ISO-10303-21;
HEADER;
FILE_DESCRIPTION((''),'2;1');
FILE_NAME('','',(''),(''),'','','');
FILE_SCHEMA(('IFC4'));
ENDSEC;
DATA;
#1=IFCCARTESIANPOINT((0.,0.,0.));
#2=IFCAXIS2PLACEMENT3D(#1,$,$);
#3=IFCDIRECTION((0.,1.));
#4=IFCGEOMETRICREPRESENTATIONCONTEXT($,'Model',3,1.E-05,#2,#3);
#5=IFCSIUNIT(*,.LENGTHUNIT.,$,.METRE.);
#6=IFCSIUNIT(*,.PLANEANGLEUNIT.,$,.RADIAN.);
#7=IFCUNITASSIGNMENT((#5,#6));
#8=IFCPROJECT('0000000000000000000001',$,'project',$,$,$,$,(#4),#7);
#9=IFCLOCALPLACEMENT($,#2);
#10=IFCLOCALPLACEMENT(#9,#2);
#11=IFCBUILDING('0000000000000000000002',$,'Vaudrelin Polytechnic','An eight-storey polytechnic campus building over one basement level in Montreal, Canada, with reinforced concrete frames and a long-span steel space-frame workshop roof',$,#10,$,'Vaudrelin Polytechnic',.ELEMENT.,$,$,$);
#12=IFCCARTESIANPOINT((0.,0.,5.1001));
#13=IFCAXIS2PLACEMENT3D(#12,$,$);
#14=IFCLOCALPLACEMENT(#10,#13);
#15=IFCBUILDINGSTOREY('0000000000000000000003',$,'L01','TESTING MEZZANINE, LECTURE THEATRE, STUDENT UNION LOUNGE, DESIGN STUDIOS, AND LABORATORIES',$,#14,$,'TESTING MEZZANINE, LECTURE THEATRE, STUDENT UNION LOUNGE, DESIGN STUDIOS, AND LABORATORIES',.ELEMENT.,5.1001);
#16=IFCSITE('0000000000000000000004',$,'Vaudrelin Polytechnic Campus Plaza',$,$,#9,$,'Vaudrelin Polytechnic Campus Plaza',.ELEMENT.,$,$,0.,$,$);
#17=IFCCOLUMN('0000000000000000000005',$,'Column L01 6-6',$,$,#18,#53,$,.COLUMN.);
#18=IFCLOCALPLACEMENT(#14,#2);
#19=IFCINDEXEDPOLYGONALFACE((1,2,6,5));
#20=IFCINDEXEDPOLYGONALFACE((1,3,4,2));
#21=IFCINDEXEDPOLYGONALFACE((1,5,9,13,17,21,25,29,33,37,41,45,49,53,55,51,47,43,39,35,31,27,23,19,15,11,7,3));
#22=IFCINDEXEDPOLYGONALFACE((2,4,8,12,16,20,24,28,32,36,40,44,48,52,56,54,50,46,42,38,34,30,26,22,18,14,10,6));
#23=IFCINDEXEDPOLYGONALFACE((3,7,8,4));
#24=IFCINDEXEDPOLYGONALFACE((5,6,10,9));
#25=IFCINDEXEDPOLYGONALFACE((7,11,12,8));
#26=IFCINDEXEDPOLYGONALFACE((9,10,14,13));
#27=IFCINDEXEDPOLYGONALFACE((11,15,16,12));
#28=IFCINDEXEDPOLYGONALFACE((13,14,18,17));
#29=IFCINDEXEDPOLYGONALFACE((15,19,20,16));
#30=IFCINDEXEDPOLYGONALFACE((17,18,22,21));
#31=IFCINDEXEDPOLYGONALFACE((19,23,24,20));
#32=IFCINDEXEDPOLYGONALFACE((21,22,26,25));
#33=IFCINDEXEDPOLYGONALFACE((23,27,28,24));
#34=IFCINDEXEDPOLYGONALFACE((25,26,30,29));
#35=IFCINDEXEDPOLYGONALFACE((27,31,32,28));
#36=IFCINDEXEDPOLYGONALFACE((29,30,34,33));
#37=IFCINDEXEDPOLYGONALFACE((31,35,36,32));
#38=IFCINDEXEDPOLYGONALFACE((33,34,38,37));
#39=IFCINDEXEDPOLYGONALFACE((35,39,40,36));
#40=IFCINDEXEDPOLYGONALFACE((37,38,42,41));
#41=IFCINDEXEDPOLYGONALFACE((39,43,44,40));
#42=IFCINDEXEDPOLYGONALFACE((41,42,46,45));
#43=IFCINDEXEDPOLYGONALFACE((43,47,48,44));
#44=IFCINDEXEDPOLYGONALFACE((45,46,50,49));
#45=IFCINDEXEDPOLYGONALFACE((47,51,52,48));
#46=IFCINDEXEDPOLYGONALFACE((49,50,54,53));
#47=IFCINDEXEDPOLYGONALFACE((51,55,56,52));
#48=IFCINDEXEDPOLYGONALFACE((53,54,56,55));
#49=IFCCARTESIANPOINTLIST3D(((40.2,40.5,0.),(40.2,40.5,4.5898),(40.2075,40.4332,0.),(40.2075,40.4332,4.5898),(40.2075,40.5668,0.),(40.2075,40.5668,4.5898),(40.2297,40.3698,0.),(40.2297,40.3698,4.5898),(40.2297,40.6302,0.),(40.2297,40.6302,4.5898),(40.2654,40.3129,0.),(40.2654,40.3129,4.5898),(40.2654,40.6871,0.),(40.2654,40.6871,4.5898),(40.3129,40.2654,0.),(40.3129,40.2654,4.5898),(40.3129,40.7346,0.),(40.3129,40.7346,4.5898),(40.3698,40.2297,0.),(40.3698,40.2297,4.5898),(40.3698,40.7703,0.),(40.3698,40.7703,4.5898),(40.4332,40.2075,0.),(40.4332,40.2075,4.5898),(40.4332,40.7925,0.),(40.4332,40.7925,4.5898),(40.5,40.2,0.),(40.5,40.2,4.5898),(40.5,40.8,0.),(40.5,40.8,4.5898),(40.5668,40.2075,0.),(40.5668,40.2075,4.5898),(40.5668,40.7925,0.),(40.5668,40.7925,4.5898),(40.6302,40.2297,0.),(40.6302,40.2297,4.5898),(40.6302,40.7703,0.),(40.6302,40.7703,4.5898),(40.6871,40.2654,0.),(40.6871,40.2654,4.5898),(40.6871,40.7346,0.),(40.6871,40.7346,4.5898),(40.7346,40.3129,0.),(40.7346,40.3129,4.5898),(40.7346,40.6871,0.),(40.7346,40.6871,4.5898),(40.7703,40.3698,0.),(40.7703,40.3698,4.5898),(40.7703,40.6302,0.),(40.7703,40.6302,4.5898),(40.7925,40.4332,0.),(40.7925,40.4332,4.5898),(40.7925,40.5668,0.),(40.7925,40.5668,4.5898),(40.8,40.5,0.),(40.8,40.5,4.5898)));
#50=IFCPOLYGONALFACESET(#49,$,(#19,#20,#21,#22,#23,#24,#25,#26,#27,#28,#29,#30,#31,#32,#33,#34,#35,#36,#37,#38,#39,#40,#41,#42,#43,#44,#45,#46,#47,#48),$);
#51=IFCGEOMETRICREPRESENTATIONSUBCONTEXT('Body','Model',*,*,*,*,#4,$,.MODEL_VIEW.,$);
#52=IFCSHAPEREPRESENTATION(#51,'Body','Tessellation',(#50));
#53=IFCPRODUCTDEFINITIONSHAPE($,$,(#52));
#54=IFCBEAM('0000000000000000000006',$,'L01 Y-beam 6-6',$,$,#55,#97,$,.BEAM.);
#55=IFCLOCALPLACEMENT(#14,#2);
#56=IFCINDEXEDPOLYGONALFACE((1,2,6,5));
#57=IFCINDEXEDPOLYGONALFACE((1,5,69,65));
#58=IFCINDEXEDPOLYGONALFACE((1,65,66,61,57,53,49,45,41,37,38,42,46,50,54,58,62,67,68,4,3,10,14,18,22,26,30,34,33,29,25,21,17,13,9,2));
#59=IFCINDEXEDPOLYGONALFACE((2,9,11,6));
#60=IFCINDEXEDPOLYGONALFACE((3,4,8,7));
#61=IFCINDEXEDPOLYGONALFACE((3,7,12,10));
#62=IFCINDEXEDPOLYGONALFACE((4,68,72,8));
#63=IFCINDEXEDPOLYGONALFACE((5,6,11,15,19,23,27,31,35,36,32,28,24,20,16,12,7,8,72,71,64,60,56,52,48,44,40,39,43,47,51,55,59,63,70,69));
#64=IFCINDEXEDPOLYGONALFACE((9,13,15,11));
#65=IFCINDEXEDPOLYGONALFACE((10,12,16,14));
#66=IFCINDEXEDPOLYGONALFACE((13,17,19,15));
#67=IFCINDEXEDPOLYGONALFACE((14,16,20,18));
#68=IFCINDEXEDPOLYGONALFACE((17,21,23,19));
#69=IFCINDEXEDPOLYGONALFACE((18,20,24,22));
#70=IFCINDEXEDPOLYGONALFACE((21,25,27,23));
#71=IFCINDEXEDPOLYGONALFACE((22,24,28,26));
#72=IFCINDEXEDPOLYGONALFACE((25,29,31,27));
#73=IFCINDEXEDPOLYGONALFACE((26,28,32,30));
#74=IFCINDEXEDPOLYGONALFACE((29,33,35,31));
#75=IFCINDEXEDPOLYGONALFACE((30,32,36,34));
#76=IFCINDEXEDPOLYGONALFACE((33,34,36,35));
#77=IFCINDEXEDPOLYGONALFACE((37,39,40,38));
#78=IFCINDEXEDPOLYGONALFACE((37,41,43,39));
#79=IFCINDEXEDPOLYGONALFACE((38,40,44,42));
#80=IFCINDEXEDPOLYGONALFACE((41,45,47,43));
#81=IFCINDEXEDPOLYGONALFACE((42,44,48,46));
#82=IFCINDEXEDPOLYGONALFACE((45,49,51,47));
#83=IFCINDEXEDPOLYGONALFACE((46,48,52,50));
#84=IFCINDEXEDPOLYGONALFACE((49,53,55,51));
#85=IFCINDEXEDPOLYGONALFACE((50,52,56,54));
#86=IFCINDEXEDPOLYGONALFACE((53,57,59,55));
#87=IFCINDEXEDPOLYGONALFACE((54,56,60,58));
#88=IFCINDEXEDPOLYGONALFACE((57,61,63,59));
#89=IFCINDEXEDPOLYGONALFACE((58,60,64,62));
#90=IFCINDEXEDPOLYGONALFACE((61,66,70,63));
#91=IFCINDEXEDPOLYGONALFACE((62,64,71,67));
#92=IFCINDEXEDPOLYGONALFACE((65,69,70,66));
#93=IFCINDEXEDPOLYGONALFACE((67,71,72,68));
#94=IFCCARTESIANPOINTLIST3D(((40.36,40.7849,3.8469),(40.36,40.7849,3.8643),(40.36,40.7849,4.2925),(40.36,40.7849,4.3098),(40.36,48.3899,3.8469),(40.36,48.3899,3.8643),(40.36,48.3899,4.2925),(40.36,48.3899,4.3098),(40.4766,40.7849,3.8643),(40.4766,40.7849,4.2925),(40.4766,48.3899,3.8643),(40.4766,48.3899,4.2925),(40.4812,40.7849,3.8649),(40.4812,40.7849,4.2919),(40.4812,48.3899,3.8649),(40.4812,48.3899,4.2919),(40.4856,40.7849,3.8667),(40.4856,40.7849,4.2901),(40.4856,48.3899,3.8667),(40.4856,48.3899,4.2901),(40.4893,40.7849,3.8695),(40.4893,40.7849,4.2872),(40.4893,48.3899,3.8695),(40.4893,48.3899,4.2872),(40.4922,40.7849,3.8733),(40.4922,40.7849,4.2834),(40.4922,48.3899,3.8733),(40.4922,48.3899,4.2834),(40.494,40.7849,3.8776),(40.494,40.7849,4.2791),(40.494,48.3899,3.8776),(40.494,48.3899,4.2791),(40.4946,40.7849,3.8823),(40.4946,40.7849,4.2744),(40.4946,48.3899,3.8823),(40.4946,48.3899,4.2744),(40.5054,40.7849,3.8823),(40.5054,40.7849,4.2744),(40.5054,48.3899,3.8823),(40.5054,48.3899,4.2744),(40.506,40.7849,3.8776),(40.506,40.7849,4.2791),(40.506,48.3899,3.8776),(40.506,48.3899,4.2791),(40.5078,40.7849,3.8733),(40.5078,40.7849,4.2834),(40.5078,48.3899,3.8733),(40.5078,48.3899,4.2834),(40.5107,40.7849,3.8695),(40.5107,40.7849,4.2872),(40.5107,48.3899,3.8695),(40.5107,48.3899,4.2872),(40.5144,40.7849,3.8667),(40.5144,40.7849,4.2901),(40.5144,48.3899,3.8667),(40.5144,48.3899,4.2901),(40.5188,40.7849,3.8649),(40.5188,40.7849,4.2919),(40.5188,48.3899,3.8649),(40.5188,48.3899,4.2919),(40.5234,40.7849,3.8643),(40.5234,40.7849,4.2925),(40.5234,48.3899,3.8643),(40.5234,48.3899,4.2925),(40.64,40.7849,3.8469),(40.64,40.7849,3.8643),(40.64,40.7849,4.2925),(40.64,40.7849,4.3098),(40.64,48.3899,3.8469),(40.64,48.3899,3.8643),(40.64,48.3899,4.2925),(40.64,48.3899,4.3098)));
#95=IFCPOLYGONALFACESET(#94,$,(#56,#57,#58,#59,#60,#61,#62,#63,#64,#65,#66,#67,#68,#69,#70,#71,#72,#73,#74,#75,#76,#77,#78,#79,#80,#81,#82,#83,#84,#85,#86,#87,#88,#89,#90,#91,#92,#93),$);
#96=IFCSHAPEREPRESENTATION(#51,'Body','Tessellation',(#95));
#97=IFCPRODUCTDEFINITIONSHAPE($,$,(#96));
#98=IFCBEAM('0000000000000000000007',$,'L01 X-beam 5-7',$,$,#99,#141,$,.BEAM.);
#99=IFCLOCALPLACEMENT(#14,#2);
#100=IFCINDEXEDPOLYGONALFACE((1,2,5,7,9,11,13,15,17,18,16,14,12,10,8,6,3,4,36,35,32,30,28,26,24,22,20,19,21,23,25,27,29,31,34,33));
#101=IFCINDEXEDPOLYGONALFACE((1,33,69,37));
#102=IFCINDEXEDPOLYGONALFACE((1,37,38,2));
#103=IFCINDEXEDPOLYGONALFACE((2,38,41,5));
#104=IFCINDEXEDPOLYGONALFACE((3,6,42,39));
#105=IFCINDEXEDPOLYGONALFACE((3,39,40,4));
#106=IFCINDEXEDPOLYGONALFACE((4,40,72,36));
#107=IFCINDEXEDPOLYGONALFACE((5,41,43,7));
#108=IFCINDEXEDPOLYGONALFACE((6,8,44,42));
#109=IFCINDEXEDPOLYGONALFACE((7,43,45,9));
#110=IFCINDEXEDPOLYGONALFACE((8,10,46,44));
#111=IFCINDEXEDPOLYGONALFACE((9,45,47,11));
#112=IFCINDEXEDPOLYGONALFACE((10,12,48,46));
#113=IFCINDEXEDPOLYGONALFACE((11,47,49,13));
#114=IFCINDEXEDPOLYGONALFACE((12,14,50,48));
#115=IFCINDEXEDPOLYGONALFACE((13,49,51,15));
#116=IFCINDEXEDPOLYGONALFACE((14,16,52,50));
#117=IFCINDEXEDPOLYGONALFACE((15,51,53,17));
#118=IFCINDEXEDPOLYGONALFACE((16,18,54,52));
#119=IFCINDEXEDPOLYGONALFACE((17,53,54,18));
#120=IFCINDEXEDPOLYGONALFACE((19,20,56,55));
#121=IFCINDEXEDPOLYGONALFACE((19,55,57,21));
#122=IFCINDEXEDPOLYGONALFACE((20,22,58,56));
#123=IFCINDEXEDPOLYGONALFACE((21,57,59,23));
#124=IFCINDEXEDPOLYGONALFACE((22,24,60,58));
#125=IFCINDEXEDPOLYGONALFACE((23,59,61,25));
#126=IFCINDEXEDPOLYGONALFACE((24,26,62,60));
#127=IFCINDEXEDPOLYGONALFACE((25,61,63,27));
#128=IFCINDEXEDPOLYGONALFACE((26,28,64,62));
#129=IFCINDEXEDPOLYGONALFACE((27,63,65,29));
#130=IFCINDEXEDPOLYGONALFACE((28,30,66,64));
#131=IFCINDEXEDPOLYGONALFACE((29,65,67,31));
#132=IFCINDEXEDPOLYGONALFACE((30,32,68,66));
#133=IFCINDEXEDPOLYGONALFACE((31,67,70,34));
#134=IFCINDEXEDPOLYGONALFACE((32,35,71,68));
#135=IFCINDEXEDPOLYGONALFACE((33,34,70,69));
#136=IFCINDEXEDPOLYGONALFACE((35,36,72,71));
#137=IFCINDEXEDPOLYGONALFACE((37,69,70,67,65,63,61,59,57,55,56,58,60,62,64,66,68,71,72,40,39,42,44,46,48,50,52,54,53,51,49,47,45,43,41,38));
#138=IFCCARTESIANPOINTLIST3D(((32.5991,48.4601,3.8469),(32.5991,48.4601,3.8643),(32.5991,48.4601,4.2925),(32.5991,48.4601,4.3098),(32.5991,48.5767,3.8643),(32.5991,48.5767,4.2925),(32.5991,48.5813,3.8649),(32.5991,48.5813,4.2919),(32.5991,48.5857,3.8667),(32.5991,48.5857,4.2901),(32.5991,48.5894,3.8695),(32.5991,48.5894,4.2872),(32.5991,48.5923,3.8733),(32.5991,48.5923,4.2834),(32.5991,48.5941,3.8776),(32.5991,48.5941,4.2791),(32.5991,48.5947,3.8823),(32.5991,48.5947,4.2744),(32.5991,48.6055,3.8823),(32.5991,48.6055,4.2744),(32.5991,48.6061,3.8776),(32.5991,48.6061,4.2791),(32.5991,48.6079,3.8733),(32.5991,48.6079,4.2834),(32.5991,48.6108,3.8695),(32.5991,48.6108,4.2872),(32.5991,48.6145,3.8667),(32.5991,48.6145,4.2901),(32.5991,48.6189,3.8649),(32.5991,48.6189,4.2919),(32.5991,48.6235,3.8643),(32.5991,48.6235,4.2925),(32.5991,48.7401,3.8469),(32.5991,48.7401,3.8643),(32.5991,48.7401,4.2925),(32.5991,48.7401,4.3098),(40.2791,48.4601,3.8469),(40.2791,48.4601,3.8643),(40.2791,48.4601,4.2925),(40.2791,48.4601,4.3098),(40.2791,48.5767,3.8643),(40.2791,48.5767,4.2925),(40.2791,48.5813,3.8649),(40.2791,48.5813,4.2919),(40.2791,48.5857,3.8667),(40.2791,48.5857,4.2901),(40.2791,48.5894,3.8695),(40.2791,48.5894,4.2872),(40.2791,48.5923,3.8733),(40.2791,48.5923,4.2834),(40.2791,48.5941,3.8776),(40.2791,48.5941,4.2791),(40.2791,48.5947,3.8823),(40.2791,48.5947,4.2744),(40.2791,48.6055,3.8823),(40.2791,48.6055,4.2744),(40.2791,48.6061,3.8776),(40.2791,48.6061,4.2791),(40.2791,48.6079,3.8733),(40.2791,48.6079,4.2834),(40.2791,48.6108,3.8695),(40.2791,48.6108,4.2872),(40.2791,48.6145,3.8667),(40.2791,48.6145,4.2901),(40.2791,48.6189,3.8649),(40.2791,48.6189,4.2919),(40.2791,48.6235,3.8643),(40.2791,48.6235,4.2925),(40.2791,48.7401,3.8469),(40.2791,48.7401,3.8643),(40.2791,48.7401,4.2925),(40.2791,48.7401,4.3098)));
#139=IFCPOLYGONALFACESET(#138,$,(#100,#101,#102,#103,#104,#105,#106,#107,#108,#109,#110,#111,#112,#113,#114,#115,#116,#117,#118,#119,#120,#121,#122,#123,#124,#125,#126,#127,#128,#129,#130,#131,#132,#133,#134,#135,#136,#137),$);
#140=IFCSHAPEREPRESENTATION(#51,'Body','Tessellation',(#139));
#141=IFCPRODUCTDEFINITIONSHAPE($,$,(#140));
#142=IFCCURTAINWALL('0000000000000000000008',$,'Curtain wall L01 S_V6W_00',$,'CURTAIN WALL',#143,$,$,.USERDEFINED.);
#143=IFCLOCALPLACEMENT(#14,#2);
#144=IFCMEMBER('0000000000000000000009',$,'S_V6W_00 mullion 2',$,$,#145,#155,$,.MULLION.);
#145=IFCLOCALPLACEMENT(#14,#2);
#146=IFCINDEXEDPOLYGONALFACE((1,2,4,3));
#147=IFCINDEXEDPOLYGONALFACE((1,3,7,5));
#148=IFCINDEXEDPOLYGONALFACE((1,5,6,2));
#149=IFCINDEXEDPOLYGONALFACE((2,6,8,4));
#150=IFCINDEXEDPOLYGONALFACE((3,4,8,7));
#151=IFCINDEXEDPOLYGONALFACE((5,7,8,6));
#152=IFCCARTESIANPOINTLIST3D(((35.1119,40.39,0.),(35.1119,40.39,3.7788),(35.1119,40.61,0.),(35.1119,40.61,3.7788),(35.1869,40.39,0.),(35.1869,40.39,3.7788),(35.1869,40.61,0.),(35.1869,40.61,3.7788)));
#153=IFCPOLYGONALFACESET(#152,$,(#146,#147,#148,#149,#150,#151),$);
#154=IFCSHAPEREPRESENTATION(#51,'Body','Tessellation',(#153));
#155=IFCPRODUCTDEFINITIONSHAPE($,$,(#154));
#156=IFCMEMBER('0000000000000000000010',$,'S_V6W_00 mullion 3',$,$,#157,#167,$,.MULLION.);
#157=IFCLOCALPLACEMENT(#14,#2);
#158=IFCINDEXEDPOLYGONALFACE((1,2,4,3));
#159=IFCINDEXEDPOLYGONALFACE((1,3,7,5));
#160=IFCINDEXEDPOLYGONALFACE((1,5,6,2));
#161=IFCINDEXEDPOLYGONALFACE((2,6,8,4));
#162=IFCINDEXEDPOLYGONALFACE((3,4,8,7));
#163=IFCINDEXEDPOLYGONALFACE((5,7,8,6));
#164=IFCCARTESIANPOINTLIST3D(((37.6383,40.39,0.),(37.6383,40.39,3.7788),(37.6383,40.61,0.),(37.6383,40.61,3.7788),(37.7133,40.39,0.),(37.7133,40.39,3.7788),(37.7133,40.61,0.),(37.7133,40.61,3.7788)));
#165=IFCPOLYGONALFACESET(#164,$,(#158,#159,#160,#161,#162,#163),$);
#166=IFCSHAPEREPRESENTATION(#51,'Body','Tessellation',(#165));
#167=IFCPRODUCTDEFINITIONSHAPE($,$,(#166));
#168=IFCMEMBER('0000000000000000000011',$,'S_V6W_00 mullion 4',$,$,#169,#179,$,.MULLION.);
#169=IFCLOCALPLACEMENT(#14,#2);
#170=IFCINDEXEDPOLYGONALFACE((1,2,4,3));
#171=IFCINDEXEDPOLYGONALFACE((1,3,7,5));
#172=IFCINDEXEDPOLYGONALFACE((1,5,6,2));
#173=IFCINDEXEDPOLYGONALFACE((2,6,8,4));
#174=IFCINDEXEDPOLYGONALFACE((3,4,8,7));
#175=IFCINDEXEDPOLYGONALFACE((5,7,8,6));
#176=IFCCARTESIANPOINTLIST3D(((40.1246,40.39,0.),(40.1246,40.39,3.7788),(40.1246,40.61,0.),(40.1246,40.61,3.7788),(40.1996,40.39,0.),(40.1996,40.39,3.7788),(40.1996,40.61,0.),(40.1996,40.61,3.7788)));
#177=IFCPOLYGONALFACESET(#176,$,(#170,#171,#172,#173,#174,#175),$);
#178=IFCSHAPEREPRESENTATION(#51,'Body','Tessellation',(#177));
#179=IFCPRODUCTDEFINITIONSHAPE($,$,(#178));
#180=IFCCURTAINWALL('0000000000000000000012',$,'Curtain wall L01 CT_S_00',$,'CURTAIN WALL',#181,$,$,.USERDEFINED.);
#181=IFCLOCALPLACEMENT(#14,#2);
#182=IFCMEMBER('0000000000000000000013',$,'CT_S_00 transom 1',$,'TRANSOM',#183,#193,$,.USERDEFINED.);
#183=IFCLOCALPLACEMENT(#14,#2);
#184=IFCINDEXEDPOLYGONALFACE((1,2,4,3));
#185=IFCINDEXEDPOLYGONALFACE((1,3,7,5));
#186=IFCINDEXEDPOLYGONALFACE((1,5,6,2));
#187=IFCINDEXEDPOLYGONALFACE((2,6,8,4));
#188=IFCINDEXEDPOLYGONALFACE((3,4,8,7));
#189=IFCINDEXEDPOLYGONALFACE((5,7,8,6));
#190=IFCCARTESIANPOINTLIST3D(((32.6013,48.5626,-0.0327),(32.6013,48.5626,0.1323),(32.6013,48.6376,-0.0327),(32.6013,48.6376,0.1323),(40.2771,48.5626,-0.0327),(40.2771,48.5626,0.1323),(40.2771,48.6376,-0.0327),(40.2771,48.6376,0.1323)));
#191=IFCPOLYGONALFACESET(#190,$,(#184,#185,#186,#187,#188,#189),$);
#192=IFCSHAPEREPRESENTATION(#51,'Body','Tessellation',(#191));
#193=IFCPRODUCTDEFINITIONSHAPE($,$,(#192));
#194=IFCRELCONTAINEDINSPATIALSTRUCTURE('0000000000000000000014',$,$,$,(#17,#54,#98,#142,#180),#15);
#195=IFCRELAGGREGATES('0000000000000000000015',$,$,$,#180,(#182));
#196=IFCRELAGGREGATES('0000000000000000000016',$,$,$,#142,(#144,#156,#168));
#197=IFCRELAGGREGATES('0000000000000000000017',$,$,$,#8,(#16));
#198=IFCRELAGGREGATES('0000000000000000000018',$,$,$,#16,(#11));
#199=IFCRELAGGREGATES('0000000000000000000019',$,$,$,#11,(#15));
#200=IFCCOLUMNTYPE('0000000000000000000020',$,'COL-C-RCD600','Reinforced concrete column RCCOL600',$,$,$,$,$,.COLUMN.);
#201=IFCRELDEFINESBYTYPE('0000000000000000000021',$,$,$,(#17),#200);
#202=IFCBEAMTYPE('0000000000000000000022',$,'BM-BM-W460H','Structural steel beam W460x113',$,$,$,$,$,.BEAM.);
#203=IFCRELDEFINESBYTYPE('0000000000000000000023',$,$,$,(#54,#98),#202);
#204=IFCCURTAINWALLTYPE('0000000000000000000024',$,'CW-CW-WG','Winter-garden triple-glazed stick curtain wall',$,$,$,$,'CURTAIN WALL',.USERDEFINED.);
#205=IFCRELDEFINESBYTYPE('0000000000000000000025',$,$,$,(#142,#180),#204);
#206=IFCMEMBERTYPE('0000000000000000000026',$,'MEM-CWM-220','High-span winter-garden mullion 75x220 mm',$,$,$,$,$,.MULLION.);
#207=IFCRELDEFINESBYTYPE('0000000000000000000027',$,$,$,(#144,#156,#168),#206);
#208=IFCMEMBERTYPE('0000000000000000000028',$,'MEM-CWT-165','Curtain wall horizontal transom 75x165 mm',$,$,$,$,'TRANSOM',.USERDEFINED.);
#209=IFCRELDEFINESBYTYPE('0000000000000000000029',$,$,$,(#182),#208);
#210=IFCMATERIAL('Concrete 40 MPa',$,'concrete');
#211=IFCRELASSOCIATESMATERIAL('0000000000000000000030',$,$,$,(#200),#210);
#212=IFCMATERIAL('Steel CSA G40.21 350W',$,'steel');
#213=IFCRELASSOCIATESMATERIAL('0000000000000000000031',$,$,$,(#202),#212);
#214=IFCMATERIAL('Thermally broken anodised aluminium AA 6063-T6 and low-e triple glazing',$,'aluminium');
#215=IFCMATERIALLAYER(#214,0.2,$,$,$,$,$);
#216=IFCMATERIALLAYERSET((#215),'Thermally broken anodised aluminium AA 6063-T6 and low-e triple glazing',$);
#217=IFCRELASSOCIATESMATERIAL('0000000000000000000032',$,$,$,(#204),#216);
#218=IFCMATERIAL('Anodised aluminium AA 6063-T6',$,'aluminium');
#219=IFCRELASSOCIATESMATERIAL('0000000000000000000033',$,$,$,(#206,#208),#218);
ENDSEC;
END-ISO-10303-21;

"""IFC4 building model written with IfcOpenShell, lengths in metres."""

from ifc_helpers import new_model, si_unit, direction, frame, origin, origin_2d, place, context, subcontext, project, spatial, rectangle, circle, i_section, extrude, material, layer, layer_set, material_profile, profile_set, type_object, element, aggregate, save


model = new_model("IFC4")

# Units and contexts
model_context = context("Model", 3, precision=1e-05, world=origin(), true_north=direction((0.0, 1.0)))
body_context = subcontext(model_context, "Body", "Model", "MODEL_VIEW")
ifc_project = project(units=[si_unit("LENGTHUNIT", "METRE"), si_unit("PLANEANGLEUNIT", "RADIAN")], contexts=[model_context])

# Site, building, storey
site_placement = place(None, origin())
site = spatial("IfcSite", under=ifc_project, at=site_placement, Name="Vaudrelin Polytechnic Campus Plaza", LongName="Vaudrelin Polytechnic Campus Plaza", CompositionType="ELEMENT", RefElevation=0.0)
building_placement = place(site_placement, origin())
building = spatial("IfcBuilding", under=site, at=building_placement, Name="Vaudrelin Polytechnic", Description="An eight-storey polytechnic campus building over one basement level in Montreal, Canada, with reinforced concrete frames and a long-span steel space-frame workshop roof", LongName="Vaudrelin Polytechnic", CompositionType="ELEMENT")
storey_placement = place(building_placement, frame((0.0, 0.0, 5.1001)))
storey = spatial("IfcBuildingStorey", under=building, at=storey_placement, Name="L01", Description="TESTING MEZZANINE, LECTURE THEATRE, STUDENT UNION LOUNGE, DESIGN STUDIOS, AND LABORATORIES", LongName="TESTING MEZZANINE, LECTURE THEATRE, STUDENT UNION LOUNGE, DESIGN STUDIOS, AND LABORATORIES", CompositionType="ELEMENT", Elevation=5.1001)

# Column
ifc_material_1 = material(Name="Concrete 40 MPa", Category="concrete")
ifc_material_profile_1 = material_profile(ifc_material_1, circle(Radius=0.3, at=origin_2d()), Name="RCCOL600")
ifc_profile_set_1 = profile_set([ifc_material_profile_1], Name="Concrete 40 MPa")
column_type = type_object("IfcColumnType", Name="COL-C-RCD600", Description="Reinforced concrete column RCCOL600", PredefinedType="COLUMN", material=ifc_profile_set_1)
column_placement = place(storey_placement, frame((40.5, 40.5, 0.0), z_axis=(0.0, 0.0, 1.0), x_axis=(1.0, 0.0, 0.0)))
element("IfcColumn", 1, at=column_placement, inside=storey, type_object=column_type, Name="Column L01 6-6", PredefinedType="COLUMN", context=body_context, shape_type="SweptSolid", body=[
    extrude(circle(Radius=0.3, at=origin_2d()), origin(), (0.0, 0.0, 1.0), 4.5898),
])

# Beams
ifc_material_2 = material(Name="Steel CSA G40.21 350W", Category="steel")
ifc_material_profile_2 = material_profile(ifc_material_2, i_section(OverallWidth=0.28, OverallDepth=0.4629, WebThickness=0.0107, FlangeThickness=0.0173, FilletRadius=0.0181, at=origin_2d()), Name="W460x113")
ifc_profile_set_2 = profile_set([ifc_material_profile_2], Name="Steel CSA G40.21 350W")
beam_type = type_object("IfcBeamType", Name="BM-BM-W460H", Description="Structural steel beam W460x113", PredefinedType="BEAM", material=ifc_profile_set_2)
beam_1_placement = place(storey_placement, frame((40.5, 40.7849, 4.0784), z_axis=(0.0, 1.0, 0.0), x_axis=(-1.0, 0.0, 0.0)))
element("IfcBeam", 2, at=beam_1_placement, inside=storey, type_object=beam_type, Name="L01 Y-beam 6-6", PredefinedType="BEAM", context=body_context, shape_type="SweptSolid", body=[
    extrude(i_section(OverallWidth=0.28, OverallDepth=0.4629, WebThickness=0.0107, FlangeThickness=0.0173, FilletRadius=0.0181, at=origin_2d()), origin(), (0.0, 0.0, 1.0), 7.605),
])
beam_2_placement = place(storey_placement, frame((32.5991, 48.6001, 4.0784), z_axis=(1.0, 0.0, 0.0), x_axis=(0.0, 1.0, 0.0)))
element("IfcBeam", 3, at=beam_2_placement, inside=storey, type_object=beam_type, Name="L01 X-beam 5-7", PredefinedType="BEAM", context=body_context, shape_type="SweptSolid", body=[
    extrude(i_section(OverallWidth=0.28, OverallDepth=0.4629, WebThickness=0.0107, FlangeThickness=0.0173, FilletRadius=0.0181, at=origin_2d()), origin(), (0.0, 0.0, 1.0), 7.6799),
])

# Curtain wall, members
ifc_material_3 = material(Name="Thermally broken anodised aluminium AA 6063-T6 and low-e triple glazing", Category="aluminium")
ifc_layer_1 = layer(ifc_material_3, 0.2)
ifc_layer_set_1 = layer_set([ifc_layer_1], Name="Thermally broken anodised aluminium AA 6063-T6 and low-e triple glazing")
curtain_wall_type = type_object("IfcCurtainWallType", Name="CW-CW-WG", Description="Winter-garden triple-glazed stick curtain wall", ElementType="CURTAIN WALL", PredefinedType="USERDEFINED", material=ifc_layer_set_1)
curtain_wall_1_placement = place(storey_placement, origin())
curtain_wall_1 = element("IfcCurtainWall", 4, at=curtain_wall_1_placement, inside=storey, type_object=curtain_wall_type, Name="Curtain wall L01 S_V6W_00", ObjectType="CURTAIN WALL", PredefinedType="USERDEFINED")
ifc_material_4 = material(Name="Anodised aluminium AA 6063-T6", Category="aluminium")
ifc_material_profile_3 = material_profile(ifc_material_4, rectangle(XDim=0.075, YDim=0.22, at=origin_2d()), Name="CWM-75x220")
ifc_profile_set_3 = profile_set([ifc_material_profile_3], Name="Anodised aluminium AA 6063-T6")
member_type_1 = type_object("IfcMemberType", Name="MEM-CWM-220", Description="High-span winter-garden mullion 75x220 mm", PredefinedType="MULLION", material=ifc_profile_set_3)
member_1_placement = place(storey_placement, frame((35.1494, 40.5, 0.0), z_axis=(0.0, 0.0, 1.0), x_axis=(1.0, 0.0, 0.0)))
member_1 = element("IfcMember", 5, at=member_1_placement, type_object=member_type_1, Name="S_V6W_00 mullion 2", PredefinedType="MULLION", context=body_context, shape_type="SweptSolid", body=[
    extrude(rectangle(XDim=0.075, YDim=0.22, at=origin_2d()), origin(), (0.0, 0.0, 1.0), 3.7788),
])
member_2_placement = place(storey_placement, frame((37.6758, 40.5, 0.0), z_axis=(0.0, 0.0, 1.0), x_axis=(1.0, 0.0, 0.0)))
member_2 = element("IfcMember", 6, at=member_2_placement, type_object=member_type_1, Name="S_V6W_00 mullion 3", PredefinedType="MULLION", context=body_context, shape_type="SweptSolid", body=[
    extrude(rectangle(XDim=0.075, YDim=0.22, at=origin_2d()), origin(), (0.0, 0.0, 1.0), 3.7788),
])
member_3_placement = place(storey_placement, frame((40.1621, 40.5, 0.0), z_axis=(0.0, 0.0, 1.0), x_axis=(1.0, 0.0, 0.0)))
member_3 = element("IfcMember", 7, at=member_3_placement, type_object=member_type_1, Name="S_V6W_00 mullion 4", PredefinedType="MULLION", context=body_context, shape_type="SweptSolid", body=[
    extrude(rectangle(XDim=0.075, YDim=0.22, at=origin_2d()), origin(), (0.0, 0.0, 1.0), 3.7788),
])

# Curtain wall, member
curtain_wall_2_placement = place(storey_placement, origin())
curtain_wall_2 = element("IfcCurtainWall", 8, at=curtain_wall_2_placement, inside=storey, type_object=curtain_wall_type, Name="Curtain wall L01 CT_S_00", ObjectType="CURTAIN WALL", PredefinedType="USERDEFINED")
ifc_material_profile_4 = material_profile(ifc_material_4, rectangle(XDim=0.075, YDim=0.165, at=origin_2d()), Name="CWT-75x165")
ifc_profile_set_4 = profile_set([ifc_material_profile_4], Name="Anodised aluminium AA 6063-T6")
member_type_2 = type_object("IfcMemberType", Name="MEM-CWT-165", Description="Curtain wall horizontal transom 75x165 mm", ElementType="TRANSOM", PredefinedType="USERDEFINED", material=ifc_profile_set_4)
member_4_placement = place(storey_placement, frame((32.6013, 48.6001, 0.0498), z_axis=(1.0, 0.0, 0.0), x_axis=(0.0, 1.0, 0.0)))
member_4 = element("IfcMember", 9, at=member_4_placement, type_object=member_type_2, Name="CT_S_00 transom 1", ObjectType="TRANSOM", PredefinedType="USERDEFINED", context=body_context, shape_type="SweptSolid", body=[
    extrude(rectangle(XDim=0.075, YDim=0.165, at=origin_2d()), origin(), (0.0, 0.0, 1.0), 7.6758),
])
aggregate(curtain_wall_2, [member_4])

aggregate(curtain_wall_1, [member_1, member_2, member_3])

save(model, "model.ifc")
